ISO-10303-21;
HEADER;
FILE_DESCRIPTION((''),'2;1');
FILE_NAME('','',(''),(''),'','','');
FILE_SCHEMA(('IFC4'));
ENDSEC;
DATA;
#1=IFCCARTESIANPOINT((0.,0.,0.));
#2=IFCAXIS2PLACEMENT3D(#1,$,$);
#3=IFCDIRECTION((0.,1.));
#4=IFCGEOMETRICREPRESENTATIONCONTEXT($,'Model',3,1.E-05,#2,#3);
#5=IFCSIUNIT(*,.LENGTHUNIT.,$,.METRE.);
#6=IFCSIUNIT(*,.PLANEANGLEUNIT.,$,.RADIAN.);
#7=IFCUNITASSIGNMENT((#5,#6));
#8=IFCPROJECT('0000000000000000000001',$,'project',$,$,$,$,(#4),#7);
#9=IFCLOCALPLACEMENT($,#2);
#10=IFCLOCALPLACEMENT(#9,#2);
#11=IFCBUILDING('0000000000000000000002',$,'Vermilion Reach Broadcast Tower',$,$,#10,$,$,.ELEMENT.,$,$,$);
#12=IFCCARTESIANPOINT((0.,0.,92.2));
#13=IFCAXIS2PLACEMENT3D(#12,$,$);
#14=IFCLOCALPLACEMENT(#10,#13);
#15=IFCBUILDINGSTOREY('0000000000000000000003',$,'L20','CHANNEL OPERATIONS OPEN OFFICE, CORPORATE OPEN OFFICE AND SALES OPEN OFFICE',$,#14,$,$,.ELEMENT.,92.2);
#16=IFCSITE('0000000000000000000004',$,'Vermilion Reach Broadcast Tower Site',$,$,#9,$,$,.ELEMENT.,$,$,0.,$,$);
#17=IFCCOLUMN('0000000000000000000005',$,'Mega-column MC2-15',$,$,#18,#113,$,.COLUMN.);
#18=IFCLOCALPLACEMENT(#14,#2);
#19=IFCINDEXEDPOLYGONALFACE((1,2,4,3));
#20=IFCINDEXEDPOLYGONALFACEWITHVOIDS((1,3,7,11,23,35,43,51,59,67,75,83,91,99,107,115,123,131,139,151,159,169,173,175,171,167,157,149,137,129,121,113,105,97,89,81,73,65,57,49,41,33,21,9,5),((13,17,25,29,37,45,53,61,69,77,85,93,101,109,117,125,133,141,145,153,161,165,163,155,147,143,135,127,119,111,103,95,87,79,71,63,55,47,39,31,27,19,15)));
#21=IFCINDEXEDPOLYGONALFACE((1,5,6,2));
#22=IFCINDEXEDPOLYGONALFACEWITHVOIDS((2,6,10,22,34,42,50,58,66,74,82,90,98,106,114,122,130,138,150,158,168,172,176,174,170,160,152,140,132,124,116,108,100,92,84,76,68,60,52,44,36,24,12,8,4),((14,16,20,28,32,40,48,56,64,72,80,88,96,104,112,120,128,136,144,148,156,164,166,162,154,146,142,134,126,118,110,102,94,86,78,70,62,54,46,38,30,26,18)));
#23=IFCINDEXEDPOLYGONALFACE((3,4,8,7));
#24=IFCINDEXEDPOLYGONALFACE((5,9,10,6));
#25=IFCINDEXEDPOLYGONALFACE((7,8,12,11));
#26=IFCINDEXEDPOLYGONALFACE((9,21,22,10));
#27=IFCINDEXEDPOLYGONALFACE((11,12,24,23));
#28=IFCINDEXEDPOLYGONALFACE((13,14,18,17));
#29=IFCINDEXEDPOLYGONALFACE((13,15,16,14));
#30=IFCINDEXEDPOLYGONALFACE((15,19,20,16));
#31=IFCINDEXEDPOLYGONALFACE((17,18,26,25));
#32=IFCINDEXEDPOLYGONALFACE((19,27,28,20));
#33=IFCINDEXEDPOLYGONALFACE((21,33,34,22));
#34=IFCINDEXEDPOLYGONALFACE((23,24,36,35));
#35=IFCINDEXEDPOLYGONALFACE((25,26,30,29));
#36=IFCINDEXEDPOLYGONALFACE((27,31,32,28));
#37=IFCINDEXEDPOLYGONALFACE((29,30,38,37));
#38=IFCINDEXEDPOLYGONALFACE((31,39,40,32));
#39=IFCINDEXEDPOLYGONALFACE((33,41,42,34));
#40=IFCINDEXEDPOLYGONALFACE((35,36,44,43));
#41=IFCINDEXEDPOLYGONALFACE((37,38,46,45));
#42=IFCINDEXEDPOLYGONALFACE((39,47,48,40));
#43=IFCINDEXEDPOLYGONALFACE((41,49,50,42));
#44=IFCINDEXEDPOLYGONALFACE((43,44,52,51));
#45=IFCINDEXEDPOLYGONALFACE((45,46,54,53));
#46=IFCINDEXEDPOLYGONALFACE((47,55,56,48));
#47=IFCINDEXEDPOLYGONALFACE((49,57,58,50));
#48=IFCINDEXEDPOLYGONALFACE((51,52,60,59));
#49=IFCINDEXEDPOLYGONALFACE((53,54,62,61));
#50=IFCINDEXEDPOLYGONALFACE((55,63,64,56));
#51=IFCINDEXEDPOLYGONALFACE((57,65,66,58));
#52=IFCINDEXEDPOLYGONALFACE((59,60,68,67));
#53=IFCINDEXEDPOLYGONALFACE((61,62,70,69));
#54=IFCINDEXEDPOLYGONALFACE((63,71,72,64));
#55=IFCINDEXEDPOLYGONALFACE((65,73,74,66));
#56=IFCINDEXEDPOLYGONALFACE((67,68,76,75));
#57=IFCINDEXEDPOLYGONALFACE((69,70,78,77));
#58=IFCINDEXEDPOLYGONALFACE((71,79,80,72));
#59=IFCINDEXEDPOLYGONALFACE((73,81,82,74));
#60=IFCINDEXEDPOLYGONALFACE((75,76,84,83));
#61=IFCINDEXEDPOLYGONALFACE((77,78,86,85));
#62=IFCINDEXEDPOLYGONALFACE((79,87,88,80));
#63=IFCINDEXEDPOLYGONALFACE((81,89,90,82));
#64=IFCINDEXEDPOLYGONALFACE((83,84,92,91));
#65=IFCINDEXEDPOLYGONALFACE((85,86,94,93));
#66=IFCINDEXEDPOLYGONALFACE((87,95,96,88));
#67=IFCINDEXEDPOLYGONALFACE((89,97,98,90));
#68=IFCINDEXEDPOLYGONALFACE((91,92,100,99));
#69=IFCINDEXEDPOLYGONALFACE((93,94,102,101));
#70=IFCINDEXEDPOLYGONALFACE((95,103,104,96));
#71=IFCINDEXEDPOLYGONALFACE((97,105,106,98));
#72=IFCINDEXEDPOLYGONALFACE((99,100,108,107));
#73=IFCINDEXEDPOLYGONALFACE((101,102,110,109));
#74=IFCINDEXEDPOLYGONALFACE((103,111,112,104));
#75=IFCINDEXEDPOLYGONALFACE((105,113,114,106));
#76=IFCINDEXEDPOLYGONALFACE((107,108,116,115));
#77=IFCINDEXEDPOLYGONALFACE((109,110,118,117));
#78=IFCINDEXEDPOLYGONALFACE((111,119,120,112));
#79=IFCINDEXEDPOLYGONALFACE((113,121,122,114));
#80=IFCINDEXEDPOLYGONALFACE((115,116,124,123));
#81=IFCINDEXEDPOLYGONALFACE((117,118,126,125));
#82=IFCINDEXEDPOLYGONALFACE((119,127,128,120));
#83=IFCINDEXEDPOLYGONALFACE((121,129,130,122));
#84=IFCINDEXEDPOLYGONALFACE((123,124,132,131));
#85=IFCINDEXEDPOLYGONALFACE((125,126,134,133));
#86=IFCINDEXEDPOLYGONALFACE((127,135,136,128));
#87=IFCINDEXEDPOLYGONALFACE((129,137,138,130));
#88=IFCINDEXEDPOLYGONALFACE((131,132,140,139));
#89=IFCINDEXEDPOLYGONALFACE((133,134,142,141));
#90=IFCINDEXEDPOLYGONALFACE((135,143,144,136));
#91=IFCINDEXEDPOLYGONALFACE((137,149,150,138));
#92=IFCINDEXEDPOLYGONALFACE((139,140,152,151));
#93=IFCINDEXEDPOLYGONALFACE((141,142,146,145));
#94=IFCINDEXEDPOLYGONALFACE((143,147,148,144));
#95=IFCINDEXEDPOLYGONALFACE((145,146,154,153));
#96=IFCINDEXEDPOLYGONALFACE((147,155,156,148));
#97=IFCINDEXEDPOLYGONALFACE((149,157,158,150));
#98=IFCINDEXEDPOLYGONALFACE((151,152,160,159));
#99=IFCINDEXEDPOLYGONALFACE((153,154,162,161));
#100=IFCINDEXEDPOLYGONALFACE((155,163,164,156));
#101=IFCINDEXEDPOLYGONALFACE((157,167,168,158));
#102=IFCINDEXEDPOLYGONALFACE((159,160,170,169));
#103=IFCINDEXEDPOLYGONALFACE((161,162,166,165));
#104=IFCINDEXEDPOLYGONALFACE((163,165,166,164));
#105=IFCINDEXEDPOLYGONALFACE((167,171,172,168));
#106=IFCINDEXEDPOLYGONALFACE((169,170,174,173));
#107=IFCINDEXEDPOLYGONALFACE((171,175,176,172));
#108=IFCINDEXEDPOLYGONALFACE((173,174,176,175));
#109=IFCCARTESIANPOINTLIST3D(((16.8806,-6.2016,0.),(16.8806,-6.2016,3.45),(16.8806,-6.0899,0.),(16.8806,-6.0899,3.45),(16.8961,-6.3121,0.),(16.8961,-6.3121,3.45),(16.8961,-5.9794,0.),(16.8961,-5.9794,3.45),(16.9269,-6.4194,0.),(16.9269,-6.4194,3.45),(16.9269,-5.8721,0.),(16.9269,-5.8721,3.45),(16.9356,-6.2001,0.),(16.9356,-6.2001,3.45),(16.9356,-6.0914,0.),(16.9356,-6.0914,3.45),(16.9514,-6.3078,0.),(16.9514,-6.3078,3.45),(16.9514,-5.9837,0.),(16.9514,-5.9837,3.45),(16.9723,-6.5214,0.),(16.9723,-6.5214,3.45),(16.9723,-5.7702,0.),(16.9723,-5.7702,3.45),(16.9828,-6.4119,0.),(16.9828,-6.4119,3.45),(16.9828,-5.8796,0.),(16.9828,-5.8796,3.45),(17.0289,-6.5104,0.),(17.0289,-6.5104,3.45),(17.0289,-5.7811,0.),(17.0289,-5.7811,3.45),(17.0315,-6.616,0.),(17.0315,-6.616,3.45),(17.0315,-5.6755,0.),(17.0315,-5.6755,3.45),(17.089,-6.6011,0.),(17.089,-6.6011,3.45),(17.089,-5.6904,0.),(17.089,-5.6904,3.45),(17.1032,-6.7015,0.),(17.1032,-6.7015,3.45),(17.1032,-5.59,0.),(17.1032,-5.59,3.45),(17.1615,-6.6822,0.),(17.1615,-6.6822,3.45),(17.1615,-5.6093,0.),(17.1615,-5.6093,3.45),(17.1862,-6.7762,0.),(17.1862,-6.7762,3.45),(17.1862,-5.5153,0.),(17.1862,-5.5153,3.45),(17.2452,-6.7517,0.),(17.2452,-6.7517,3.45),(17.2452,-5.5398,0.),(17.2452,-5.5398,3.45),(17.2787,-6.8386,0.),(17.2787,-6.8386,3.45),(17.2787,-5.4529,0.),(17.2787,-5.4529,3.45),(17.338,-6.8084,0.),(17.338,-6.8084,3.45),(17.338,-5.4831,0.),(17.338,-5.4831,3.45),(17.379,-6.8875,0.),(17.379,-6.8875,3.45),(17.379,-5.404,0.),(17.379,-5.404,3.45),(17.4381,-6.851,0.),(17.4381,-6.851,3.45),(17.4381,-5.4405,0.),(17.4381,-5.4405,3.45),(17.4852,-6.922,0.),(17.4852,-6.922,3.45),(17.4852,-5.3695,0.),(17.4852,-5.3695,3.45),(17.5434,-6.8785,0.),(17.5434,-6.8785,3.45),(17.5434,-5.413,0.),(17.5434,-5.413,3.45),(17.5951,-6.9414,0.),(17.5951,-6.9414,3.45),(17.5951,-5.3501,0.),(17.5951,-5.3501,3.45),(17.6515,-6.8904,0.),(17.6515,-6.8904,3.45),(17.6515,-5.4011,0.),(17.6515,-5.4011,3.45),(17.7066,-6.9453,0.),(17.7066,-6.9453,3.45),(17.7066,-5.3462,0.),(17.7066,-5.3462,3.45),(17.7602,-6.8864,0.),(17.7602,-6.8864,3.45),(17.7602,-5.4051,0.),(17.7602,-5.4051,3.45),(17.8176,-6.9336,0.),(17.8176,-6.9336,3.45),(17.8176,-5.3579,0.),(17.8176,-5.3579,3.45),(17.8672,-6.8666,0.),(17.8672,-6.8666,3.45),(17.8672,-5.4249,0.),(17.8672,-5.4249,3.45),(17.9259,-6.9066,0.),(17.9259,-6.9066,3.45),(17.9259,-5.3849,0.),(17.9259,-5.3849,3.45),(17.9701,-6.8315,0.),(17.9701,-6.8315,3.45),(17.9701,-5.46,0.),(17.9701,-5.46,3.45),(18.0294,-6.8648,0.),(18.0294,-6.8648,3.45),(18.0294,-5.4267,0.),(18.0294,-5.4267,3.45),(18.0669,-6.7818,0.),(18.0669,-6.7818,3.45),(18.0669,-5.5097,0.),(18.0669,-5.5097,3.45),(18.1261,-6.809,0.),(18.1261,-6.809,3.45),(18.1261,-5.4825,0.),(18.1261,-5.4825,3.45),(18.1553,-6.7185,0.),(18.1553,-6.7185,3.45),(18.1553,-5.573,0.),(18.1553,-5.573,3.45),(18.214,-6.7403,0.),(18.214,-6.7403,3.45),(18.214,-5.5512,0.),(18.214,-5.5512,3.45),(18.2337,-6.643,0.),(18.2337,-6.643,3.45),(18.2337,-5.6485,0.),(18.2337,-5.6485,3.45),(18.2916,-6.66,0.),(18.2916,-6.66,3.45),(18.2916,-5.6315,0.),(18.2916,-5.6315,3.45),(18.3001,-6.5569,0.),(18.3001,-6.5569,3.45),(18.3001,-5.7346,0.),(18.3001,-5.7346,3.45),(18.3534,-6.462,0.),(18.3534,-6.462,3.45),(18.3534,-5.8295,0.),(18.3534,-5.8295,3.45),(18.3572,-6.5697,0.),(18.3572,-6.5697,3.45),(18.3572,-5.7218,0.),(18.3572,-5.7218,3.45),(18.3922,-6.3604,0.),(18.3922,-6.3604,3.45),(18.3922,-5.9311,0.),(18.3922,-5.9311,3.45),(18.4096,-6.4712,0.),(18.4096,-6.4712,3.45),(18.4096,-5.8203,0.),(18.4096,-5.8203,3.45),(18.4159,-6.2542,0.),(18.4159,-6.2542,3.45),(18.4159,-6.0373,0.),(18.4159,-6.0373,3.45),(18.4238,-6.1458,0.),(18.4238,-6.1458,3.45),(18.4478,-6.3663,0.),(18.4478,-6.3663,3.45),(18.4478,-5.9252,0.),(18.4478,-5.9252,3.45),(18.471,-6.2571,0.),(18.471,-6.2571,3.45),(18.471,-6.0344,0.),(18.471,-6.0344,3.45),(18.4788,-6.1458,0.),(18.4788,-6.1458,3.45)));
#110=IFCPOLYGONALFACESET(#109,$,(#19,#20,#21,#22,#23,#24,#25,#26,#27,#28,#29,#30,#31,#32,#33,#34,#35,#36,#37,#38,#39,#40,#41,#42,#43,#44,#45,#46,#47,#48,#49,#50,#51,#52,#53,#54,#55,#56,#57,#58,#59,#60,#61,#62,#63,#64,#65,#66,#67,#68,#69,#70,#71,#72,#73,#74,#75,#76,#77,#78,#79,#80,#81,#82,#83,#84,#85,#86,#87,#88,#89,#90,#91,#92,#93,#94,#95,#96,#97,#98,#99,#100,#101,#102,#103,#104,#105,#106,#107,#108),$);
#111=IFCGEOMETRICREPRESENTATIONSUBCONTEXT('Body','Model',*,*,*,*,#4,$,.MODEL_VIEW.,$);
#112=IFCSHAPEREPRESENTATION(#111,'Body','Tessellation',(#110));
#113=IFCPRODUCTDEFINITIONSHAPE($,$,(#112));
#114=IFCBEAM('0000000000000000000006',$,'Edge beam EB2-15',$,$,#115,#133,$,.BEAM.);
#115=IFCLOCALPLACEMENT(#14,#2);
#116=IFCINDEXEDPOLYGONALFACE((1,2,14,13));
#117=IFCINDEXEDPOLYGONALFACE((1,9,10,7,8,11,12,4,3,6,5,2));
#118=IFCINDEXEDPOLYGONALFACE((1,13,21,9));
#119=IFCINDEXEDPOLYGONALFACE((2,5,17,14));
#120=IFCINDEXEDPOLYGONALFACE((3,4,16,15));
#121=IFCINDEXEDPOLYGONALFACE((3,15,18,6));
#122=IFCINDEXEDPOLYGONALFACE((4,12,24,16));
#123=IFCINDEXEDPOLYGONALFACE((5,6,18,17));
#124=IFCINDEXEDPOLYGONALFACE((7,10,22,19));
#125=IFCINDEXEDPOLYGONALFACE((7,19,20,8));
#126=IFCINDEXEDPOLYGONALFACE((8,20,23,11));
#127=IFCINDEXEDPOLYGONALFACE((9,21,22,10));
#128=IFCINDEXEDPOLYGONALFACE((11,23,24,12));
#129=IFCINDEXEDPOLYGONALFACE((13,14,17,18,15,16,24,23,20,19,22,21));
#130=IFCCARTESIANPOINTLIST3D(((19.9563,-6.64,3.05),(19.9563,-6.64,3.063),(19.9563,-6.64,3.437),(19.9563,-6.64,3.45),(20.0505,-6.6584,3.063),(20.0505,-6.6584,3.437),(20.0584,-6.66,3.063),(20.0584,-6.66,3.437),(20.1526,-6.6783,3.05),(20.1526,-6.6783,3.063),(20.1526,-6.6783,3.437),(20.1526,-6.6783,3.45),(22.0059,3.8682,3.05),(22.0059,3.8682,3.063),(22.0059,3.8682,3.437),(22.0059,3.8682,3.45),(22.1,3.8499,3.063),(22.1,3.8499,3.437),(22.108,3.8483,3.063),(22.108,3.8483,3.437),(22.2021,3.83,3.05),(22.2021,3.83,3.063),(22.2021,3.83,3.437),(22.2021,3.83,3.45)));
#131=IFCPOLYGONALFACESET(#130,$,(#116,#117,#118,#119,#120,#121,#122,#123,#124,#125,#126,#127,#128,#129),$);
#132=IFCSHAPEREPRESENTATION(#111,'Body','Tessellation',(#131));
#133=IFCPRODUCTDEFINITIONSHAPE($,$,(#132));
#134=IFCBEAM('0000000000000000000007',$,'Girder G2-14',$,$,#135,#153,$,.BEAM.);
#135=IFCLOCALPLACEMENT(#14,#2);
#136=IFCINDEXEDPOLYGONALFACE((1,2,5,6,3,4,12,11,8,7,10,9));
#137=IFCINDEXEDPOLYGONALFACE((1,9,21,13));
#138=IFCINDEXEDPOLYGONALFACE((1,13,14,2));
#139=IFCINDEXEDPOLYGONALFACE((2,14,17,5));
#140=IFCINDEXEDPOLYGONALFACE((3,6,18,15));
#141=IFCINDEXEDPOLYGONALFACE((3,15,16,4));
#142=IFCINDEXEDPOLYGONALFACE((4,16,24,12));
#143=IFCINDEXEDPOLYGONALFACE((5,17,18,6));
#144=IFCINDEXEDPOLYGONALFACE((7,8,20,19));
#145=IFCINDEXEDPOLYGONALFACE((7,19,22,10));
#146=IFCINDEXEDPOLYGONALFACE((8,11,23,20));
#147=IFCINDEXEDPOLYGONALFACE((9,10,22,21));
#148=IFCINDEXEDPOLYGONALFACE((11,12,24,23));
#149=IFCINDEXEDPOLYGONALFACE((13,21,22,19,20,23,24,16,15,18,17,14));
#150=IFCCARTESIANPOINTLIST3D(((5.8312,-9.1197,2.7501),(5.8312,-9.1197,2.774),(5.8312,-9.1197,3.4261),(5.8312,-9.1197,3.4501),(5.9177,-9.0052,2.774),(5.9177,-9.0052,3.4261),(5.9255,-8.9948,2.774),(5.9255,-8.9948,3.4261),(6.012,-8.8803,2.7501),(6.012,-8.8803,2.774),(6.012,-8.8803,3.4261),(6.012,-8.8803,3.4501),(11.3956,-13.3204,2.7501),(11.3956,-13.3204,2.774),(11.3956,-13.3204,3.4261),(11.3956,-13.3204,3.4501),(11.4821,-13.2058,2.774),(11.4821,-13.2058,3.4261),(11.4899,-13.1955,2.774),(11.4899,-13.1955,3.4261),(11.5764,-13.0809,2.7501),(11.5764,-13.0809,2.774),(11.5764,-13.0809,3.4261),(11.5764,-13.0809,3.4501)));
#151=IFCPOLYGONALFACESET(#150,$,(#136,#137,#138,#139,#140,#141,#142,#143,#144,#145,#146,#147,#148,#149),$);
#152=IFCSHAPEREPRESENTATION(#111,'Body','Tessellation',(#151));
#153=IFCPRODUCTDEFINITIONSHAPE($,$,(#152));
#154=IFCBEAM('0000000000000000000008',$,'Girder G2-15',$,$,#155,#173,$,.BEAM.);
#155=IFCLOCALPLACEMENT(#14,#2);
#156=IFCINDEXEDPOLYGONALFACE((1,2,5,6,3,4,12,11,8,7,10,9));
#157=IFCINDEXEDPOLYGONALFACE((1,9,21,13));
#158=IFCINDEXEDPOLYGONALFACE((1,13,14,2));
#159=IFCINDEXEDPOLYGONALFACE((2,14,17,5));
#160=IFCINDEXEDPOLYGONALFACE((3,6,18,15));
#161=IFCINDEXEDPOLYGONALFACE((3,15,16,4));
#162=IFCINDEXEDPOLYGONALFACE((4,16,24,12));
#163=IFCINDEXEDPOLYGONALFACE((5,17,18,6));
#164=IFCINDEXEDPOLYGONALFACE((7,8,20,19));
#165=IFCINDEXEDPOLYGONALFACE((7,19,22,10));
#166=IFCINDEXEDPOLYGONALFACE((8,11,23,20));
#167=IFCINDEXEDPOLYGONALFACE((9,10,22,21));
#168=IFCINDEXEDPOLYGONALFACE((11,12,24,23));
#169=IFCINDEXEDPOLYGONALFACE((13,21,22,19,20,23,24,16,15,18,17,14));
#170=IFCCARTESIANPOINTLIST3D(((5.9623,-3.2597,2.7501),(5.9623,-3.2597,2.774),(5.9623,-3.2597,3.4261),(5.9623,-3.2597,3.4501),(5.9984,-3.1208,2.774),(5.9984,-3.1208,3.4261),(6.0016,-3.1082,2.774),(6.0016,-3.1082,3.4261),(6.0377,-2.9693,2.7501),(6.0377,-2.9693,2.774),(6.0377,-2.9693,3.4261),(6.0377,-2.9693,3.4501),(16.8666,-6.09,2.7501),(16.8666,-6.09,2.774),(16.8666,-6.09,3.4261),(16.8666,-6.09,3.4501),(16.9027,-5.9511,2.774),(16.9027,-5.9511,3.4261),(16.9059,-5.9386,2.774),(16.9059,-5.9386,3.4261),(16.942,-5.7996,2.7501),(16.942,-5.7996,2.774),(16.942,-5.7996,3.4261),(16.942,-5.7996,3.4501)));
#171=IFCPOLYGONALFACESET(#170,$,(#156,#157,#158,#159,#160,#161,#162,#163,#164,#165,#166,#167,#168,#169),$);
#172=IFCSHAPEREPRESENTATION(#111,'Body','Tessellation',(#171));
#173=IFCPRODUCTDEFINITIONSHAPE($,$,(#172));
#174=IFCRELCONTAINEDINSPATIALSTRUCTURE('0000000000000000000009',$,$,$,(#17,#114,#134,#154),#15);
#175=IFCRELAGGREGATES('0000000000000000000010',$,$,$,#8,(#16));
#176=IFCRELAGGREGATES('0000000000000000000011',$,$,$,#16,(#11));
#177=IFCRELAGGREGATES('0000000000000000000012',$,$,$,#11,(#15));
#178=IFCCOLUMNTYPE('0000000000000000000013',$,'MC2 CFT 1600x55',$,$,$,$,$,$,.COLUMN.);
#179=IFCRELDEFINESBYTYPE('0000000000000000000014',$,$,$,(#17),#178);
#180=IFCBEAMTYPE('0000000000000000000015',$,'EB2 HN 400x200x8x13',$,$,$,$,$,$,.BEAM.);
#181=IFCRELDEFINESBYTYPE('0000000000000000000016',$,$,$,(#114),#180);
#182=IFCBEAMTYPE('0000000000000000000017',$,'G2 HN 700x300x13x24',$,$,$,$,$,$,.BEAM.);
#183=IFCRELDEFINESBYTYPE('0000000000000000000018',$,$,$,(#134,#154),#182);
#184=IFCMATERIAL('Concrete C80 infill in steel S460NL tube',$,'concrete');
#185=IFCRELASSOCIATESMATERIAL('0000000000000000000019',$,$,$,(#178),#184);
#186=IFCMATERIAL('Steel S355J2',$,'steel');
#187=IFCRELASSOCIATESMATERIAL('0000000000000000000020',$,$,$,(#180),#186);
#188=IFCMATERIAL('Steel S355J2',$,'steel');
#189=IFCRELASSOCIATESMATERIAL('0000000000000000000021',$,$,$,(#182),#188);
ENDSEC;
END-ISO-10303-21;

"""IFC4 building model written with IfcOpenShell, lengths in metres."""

from ifc_helpers import new_model, si_unit, direction, frame, origin, origin_2d, place, context, subcontext, project, spatial, hollow_circle, i_section, extrude, material, material_profile, profile_set, type_object, element, save


model = new_model("IFC4")

# Units and contexts
model_context = context("Model", 3, precision=1e-05, world=origin(), true_north=direction((0.0, 1.0)))
body_context = subcontext(model_context, "Body", "Model", "MODEL_VIEW")
ifc_project = project(units=[si_unit("LENGTHUNIT", "METRE"), si_unit("PLANEANGLEUNIT", "RADIAN")], contexts=[model_context])

# Site, building, storey
site_placement = place(None, origin())
site = spatial("IfcSite", under=ifc_project, at=site_placement, Name="Vermilion Reach Broadcast Tower Site", CompositionType="ELEMENT", RefElevation=0.0)
building_placement = place(site_placement, origin())
building = spatial("IfcBuilding", under=site, at=building_placement, Name="Vermilion Reach Broadcast Tower", CompositionType="ELEMENT")
storey_placement = place(building_placement, frame((0.0, 0.0, 92.2)))
storey = spatial("IfcBuildingStorey", under=building, at=storey_placement, Name="L20", Description="CHANNEL OPERATIONS OPEN OFFICE, CORPORATE OPEN OFFICE AND SALES OPEN OFFICE", CompositionType="ELEMENT", Elevation=92.2)

# Column
ifc_material_1 = material(Name="Concrete C80 infill in steel S460NL tube", Category="concrete")
ifc_material_profile_1 = material_profile(ifc_material_1, hollow_circle(Radius=0.8, WallThickness=0.0549, at=origin_2d()), Name="Concrete C80 infill in steel S460NL tube CFT 1600x55")
ifc_profile_set_1 = profile_set([ifc_material_profile_1], Name="Concrete C80 infill in steel S460NL tube")
column_type = type_object("IfcColumnType", Name="MC2 CFT 1600x55", PredefinedType="COLUMN", material=ifc_profile_set_1)
column_placement = place(storey_placement, frame((17.6787, -6.1458, 0.0), z_axis=(0.0, 0.0, 1.0), x_axis=(1.0, 0.0, 0.0)))
element("IfcColumn", 1, at=column_placement, inside=storey, type_object=column_type, Name="Mega-column MC2-15", PredefinedType="COLUMN", context=body_context, shape_type="SweptSolid", body=[
    extrude(hollow_circle(Radius=0.8, WallThickness=0.0549, at=origin_2d()), origin(), (0.0, 0.0, 1.0), 3.45),
])

# Beams
ifc_material_2 = material(Name="Steel S355J2", Category="steel")
ifc_material_profile_2 = material_profile(ifc_material_2, i_section(OverallWidth=0.2, OverallDepth=0.3999, WebThickness=0.0081, FlangeThickness=0.0129, at=origin_2d()), Name="S355J2 HN 400x200x8x13")
ifc_profile_set_2 = profile_set([ifc_material_profile_2], Name="Steel S355J2")
beam_type_1 = type_object("IfcBeamType", Name="EB2 HN 400x200x8x13", PredefinedType="BEAM", material=ifc_profile_set_2)
beam_1_placement = place(storey_placement, frame((20.0544, -6.6592, 3.25), z_axis=(0.191435, 0.981505, 0.0), x_axis=(-0.981505, 0.191435, 0.0)))
element("IfcBeam", 2, at=beam_1_placement, inside=storey, type_object=beam_type_1, Name="Edge beam EB2-15", PredefinedType="BEAM", context=body_context, shape_type="SweptSolid", body=[
    extrude(i_section(OverallWidth=0.2, OverallDepth=0.3999, WebThickness=0.0081, FlangeThickness=0.0129, at=origin_2d()), origin(), (0.0, 0.0, 1.0), 10.7063),
])
ifc_material_3 = material(Name="Steel S355J2", Category="steel")
ifc_material_profile_3 = material_profile(ifc_material_3, i_section(OverallWidth=0.3, OverallDepth=0.7, WebThickness=0.0129, FlangeThickness=0.0239, at=origin_2d()), Name="S355J2 HN 700x300x13x24")
ifc_profile_set_3 = profile_set([ifc_material_profile_3], Name="Steel S355J2")
beam_type_2 = type_object("IfcBeamType", Name="G2 HN 700x300x13x24", PredefinedType="BEAM", material=ifc_profile_set_3)
beam_2_placement = place(storey_placement, frame((5.9216, -9.0, 3.1001), z_axis=(0.798114, -0.602507, 0.0), x_axis=(0.602507, 0.798114, 0.0)))
element("IfcBeam", 3, at=beam_2_placement, inside=storey, type_object=beam_type_2, Name="Girder G2-14", PredefinedType="BEAM", context=body_context, shape_type="SweptSolid", body=[
    extrude(i_section(OverallWidth=0.3, OverallDepth=0.7, WebThickness=0.0129, FlangeThickness=0.0239, at=origin_2d()), origin(), (0.0, 0.0, 1.0), 6.9719),
])
beam_3_placement = place(storey_placement, frame((6.0, -3.1145, 3.1001), z_axis=(0.967926, -0.251235, 0.0), x_axis=(0.251235, 0.967926, 0.0)))
element("IfcBeam", 4, at=beam_3_placement, inside=storey, type_object=beam_type_2, Name="Girder G2-15", PredefinedType="BEAM", context=body_context, shape_type="SweptSolid", body=[
    extrude(i_section(OverallWidth=0.3, OverallDepth=0.7, WebThickness=0.0129, FlangeThickness=0.0239, at=origin_2d()), origin(), (0.0, 0.0, 1.0), 11.2656),
])

save(model, "model.ifc")
